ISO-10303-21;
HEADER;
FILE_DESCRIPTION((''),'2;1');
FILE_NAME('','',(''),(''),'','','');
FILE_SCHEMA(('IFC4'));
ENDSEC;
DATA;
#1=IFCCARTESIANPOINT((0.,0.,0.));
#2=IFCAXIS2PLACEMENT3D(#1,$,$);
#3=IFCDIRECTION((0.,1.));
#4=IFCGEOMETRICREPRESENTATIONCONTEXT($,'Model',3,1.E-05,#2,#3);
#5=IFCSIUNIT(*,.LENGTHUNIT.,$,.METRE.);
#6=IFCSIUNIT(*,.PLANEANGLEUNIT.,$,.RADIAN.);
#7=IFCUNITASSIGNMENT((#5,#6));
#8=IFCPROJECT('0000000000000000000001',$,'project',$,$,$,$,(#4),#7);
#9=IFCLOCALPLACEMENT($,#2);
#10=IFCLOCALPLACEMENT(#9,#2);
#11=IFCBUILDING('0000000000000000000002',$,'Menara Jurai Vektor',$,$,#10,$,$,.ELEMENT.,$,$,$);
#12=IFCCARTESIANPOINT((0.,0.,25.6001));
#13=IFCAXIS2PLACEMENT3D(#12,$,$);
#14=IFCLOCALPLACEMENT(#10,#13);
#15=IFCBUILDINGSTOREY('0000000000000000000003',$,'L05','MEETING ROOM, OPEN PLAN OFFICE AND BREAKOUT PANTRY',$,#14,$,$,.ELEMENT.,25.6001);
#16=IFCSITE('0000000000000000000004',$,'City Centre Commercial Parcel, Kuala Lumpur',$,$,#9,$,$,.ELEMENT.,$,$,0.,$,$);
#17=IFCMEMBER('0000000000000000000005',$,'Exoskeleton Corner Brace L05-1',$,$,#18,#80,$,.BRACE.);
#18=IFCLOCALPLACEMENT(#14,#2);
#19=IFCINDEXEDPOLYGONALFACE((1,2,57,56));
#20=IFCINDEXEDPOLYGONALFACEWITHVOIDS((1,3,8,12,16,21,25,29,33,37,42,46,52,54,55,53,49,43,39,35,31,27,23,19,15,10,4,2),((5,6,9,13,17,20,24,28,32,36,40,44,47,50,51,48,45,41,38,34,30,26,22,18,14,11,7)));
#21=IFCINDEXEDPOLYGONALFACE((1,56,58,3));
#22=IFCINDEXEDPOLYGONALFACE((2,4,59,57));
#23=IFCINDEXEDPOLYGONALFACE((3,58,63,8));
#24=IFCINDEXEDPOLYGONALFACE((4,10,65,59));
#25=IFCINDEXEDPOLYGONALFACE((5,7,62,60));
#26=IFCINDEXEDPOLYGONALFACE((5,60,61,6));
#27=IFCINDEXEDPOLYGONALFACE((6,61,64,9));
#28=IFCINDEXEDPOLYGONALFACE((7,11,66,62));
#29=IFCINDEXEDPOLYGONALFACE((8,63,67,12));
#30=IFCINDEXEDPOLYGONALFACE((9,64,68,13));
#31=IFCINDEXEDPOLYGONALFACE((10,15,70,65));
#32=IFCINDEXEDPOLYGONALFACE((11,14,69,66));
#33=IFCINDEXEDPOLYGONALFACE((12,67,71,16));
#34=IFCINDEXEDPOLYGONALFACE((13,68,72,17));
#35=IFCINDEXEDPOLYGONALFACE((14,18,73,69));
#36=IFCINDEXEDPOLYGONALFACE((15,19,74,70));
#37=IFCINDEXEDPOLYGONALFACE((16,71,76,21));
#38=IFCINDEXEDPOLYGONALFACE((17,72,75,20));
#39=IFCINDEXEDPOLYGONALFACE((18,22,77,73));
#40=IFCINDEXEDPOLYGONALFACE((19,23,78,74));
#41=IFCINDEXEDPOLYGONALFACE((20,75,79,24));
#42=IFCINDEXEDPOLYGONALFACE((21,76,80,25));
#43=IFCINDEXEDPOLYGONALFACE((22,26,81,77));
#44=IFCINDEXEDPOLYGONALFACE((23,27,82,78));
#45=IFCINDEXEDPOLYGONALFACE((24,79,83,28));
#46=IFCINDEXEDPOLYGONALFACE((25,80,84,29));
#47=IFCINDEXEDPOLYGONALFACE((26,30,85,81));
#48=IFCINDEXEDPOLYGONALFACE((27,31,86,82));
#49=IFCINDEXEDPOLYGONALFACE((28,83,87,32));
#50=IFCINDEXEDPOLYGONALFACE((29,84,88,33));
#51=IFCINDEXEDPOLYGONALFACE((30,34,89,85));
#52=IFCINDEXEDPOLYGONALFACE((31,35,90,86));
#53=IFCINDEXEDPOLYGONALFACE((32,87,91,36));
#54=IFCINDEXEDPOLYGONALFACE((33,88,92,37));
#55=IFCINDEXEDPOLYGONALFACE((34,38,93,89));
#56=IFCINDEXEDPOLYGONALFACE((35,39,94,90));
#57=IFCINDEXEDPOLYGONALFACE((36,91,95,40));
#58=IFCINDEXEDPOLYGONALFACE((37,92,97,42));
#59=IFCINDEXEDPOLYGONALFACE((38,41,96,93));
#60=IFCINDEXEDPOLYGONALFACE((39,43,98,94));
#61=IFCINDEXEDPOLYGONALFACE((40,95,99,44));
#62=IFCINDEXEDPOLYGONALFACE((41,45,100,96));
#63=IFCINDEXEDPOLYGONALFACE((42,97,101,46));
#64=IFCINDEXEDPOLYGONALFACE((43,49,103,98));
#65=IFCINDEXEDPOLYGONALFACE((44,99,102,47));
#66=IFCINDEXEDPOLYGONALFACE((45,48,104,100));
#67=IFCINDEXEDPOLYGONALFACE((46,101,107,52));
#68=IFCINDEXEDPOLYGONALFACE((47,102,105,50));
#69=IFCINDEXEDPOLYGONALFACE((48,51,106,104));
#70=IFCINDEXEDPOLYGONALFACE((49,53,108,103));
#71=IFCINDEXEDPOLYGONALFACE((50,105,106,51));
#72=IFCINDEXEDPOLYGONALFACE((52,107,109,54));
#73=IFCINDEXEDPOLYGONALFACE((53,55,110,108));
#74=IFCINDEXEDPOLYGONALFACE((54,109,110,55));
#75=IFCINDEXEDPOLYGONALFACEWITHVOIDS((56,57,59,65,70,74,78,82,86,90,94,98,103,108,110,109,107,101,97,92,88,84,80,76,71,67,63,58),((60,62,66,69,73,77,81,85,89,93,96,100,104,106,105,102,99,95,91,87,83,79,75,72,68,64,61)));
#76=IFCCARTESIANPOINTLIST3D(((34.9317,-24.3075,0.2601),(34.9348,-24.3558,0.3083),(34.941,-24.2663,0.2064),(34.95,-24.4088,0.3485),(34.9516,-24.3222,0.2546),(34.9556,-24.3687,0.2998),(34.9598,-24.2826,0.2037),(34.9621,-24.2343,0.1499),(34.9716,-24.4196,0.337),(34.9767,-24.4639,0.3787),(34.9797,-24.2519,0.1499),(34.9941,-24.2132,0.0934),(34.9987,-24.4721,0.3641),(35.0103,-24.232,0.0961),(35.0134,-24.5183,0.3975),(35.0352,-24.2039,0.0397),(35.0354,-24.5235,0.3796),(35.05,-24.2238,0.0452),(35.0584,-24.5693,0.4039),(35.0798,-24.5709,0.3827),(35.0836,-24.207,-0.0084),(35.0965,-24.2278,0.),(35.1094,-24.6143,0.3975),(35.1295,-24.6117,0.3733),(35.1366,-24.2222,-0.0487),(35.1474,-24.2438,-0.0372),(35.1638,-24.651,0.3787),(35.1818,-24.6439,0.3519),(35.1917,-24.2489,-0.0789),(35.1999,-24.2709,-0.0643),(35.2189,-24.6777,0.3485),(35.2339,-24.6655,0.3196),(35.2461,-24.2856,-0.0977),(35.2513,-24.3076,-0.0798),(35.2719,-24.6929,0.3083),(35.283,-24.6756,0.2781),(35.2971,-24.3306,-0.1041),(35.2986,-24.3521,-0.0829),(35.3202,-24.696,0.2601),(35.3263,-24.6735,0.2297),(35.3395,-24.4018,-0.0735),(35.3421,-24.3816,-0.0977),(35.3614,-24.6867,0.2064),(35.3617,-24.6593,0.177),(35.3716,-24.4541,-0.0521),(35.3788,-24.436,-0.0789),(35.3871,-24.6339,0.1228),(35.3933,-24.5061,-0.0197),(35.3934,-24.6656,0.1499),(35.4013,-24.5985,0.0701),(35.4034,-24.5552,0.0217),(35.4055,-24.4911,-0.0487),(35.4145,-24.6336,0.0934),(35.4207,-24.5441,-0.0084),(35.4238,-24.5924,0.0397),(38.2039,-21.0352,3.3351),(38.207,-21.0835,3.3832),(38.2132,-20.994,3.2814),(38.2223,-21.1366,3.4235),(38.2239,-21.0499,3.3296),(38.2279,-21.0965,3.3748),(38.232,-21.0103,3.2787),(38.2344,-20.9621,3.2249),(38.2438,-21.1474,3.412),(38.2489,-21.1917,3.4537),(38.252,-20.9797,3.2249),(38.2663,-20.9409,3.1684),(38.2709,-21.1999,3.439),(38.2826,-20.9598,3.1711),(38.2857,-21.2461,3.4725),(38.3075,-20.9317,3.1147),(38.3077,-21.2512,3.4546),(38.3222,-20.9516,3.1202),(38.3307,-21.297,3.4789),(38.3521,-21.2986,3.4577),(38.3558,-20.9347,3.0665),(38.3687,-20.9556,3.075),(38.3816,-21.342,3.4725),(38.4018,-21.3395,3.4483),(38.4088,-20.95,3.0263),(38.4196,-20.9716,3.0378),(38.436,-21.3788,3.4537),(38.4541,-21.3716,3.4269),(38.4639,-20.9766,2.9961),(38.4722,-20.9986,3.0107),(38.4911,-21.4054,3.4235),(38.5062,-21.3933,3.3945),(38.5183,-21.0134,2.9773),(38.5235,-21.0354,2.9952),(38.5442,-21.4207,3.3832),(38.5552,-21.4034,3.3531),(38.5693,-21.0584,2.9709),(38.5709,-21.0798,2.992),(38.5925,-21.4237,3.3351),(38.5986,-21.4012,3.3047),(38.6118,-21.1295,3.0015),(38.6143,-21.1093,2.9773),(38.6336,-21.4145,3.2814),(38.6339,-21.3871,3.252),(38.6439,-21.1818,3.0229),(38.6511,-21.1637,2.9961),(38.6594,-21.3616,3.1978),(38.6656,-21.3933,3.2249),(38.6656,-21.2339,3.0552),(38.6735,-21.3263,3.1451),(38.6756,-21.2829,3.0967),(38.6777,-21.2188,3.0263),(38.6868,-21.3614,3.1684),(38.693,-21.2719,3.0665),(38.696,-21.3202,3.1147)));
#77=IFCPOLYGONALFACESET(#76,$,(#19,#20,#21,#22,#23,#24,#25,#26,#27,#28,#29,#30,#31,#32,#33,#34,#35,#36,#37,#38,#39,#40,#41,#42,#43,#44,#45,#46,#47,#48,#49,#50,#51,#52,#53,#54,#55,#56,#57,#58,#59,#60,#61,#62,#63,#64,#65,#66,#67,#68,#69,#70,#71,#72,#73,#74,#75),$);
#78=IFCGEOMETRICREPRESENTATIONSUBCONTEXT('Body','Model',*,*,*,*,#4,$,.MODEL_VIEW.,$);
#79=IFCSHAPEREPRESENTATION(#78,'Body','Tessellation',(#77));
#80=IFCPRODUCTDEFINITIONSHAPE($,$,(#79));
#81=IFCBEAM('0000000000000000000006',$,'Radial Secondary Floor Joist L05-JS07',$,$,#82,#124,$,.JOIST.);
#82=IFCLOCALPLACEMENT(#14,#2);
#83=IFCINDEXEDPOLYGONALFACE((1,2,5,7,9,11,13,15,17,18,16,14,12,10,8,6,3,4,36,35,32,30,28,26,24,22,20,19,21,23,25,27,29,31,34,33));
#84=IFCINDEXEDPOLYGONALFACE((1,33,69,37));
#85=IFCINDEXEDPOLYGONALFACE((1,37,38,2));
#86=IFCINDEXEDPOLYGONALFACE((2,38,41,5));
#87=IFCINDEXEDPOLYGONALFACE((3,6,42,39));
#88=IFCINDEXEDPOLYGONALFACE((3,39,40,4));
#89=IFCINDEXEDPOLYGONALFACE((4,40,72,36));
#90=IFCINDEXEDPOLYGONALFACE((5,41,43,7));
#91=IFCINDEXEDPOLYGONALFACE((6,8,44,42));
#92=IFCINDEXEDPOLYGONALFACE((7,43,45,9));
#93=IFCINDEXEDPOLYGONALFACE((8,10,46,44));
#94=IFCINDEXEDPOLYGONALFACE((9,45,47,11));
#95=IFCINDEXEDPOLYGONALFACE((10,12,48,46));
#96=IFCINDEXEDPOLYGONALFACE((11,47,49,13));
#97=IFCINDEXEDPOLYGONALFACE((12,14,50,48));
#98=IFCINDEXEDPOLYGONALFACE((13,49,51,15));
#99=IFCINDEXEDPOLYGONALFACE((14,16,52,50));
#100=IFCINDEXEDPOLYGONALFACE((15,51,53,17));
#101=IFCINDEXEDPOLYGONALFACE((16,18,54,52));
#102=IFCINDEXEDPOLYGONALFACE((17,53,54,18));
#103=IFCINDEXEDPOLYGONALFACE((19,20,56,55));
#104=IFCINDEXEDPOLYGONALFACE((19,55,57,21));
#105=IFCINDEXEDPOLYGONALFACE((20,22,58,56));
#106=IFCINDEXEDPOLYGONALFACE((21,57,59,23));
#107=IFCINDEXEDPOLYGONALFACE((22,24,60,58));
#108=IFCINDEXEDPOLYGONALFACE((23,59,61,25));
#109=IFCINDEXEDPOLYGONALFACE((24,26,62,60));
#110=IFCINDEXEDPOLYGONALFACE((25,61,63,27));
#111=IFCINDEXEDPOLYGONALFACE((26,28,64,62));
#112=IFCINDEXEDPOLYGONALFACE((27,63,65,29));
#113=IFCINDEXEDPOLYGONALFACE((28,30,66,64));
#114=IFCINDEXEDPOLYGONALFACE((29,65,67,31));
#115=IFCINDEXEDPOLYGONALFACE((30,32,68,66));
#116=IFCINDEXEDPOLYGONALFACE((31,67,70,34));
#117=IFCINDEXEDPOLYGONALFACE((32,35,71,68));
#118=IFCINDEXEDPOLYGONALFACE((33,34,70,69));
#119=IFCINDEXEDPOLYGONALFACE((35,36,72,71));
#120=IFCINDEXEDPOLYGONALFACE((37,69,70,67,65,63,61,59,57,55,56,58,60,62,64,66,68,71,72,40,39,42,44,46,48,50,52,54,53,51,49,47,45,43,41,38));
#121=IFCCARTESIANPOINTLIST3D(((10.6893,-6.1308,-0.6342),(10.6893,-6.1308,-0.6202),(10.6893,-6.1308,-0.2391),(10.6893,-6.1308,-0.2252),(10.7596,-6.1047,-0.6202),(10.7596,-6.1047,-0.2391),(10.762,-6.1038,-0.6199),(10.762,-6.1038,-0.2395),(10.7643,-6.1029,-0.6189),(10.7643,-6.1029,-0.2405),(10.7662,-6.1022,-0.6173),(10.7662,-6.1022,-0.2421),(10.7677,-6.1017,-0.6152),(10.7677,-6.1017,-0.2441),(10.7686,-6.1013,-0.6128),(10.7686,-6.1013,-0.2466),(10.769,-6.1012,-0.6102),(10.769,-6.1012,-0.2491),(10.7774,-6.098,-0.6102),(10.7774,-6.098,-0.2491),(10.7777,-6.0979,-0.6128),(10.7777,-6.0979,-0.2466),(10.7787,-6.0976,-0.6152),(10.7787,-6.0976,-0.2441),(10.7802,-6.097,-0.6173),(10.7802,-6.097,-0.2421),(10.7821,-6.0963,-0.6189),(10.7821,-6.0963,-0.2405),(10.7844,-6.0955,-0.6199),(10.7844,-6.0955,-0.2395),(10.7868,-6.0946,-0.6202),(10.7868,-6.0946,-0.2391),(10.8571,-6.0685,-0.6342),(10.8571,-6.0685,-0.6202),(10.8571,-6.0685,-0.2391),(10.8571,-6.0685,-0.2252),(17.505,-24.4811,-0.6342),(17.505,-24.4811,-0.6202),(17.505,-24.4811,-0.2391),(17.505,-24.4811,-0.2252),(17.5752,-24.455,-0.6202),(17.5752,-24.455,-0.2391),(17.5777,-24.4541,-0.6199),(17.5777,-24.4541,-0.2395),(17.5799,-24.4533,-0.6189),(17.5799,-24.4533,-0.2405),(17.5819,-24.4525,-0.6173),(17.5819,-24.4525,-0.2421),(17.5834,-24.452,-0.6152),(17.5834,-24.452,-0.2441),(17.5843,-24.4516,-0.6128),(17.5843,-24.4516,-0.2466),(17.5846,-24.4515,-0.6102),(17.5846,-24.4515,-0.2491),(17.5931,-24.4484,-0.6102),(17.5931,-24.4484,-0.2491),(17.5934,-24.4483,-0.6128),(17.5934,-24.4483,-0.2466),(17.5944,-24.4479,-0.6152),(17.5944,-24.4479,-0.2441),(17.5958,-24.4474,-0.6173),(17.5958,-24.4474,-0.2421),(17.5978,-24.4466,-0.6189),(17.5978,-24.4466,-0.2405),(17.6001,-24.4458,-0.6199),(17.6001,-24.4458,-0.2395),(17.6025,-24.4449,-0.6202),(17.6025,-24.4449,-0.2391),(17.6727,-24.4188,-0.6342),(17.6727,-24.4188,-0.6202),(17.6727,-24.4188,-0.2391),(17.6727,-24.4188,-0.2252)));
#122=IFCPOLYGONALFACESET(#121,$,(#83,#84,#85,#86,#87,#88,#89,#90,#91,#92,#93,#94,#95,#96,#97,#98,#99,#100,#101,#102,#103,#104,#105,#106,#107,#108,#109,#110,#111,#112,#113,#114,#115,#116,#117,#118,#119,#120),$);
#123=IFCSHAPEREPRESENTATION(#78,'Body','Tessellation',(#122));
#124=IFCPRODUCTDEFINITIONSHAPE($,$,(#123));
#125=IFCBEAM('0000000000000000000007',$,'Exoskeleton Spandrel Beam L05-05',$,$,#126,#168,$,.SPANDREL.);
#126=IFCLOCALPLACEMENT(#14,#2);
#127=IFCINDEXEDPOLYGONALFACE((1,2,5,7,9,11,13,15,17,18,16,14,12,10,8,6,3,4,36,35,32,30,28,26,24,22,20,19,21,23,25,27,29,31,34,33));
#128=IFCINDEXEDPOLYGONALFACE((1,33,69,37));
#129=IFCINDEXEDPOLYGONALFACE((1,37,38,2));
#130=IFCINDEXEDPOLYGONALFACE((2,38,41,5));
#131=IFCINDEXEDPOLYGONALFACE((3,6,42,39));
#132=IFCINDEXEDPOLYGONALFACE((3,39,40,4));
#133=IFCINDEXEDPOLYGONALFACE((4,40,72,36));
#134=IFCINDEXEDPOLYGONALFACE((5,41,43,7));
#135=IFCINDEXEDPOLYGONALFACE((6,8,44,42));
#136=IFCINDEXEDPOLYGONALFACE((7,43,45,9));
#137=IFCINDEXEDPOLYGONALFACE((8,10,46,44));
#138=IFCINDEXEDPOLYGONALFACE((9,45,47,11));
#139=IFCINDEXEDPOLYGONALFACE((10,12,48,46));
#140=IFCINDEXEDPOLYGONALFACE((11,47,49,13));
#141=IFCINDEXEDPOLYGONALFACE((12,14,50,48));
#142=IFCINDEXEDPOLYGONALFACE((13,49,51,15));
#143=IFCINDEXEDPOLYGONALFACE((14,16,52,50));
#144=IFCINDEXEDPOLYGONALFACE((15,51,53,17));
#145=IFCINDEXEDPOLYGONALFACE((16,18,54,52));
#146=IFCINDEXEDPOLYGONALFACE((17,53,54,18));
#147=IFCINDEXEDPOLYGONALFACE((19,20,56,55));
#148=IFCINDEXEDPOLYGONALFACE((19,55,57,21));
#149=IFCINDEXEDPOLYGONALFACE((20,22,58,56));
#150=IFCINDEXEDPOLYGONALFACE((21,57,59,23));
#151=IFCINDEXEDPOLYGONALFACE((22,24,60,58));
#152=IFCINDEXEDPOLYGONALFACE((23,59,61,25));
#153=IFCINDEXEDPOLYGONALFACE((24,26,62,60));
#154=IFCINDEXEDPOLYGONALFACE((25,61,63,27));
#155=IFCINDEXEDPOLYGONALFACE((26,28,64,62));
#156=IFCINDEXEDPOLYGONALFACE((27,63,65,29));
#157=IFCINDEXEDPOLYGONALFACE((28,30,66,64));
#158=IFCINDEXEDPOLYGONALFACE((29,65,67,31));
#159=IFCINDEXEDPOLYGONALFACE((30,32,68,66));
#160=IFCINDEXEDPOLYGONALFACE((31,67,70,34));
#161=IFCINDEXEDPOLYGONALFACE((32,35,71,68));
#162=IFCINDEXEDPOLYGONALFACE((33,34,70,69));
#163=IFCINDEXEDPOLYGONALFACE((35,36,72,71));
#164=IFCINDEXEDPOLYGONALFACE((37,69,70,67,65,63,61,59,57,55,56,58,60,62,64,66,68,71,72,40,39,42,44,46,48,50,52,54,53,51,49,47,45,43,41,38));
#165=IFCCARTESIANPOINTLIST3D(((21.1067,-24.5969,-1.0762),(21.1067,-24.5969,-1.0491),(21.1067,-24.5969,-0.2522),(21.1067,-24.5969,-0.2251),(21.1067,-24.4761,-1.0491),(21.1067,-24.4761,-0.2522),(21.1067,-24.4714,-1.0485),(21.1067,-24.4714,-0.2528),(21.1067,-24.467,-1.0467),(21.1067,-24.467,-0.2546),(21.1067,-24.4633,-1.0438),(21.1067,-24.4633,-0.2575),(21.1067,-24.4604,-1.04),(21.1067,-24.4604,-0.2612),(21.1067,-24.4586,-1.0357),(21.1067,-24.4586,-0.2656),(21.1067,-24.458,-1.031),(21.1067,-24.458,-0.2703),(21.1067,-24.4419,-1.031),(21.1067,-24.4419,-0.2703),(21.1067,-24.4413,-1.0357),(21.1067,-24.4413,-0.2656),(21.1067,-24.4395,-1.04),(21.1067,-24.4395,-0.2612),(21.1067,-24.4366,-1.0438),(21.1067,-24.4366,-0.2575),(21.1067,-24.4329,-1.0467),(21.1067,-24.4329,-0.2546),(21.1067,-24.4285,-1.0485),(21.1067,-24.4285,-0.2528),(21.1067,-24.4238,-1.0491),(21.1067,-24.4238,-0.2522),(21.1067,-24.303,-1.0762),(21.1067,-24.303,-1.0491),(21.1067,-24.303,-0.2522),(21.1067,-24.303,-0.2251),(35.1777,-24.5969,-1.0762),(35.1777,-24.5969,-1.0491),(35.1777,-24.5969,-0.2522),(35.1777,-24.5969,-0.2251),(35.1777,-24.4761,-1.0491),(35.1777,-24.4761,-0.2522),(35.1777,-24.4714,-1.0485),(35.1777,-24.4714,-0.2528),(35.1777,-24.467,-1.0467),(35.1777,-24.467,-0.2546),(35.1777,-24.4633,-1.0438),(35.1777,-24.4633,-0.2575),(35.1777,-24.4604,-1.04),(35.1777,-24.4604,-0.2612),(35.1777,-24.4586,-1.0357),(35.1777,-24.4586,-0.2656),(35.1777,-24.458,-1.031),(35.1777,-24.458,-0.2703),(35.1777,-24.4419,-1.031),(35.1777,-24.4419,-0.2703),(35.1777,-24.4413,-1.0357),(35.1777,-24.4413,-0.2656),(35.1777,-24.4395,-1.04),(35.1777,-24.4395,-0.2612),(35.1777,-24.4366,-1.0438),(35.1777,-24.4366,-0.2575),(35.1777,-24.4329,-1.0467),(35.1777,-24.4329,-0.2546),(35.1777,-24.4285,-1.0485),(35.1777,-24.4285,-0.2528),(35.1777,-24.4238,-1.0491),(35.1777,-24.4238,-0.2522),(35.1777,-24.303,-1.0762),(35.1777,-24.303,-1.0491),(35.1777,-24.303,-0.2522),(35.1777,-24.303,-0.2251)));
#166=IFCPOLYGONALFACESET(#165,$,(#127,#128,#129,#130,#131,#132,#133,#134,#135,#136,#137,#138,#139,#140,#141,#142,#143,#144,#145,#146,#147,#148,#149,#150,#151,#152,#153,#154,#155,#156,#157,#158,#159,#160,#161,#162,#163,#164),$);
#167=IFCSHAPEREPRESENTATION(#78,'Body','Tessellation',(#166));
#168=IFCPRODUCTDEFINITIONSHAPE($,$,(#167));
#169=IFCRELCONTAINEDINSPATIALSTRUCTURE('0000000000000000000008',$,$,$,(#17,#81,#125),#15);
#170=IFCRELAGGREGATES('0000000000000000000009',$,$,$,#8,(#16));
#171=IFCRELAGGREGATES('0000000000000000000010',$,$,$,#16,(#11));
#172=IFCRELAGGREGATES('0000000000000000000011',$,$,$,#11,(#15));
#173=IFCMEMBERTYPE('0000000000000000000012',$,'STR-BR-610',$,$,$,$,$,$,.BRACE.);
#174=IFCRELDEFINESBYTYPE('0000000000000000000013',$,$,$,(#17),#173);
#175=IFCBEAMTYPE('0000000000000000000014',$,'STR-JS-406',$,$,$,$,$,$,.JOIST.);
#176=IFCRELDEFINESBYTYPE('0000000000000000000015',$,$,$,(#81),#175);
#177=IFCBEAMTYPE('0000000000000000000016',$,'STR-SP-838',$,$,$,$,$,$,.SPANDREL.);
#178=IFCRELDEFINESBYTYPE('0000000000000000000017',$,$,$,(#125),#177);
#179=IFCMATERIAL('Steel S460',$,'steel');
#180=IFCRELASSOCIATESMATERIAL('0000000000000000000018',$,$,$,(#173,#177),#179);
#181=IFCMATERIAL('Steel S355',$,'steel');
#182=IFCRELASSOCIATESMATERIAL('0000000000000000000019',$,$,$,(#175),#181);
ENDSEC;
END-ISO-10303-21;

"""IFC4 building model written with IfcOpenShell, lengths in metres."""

from ifc_helpers import new_model, si_unit, direction, frame, origin, origin_2d, place, context, subcontext, project, spatial, hollow_circle, i_section, extrude, material, material_profile, profile_set, type_object, element, save


model = new_model("IFC4")

# Units and contexts
model_context = context("Model", 3, precision=1e-05, world=origin(), true_north=direction((0.0, 1.0)))
body_context = subcontext(model_context, "Body", "Model", "MODEL_VIEW")
ifc_project = project(units=[si_unit("LENGTHUNIT", "METRE"), si_unit("PLANEANGLEUNIT", "RADIAN")], contexts=[model_context])

# Site, building, storey
site_placement = place(None, origin())
site = spatial("IfcSite", under=ifc_project, at=site_placement, Name="City Centre Commercial Parcel, Kuala Lumpur", CompositionType="ELEMENT", RefElevation=0.0)
building_placement = place(site_placement, origin())
building = spatial("IfcBuilding", under=site, at=building_placement, Name="Menara Jurai Vektor", CompositionType="ELEMENT")
storey_placement = place(building_placement, frame((0.0, 0.0, 25.6001)))
storey = spatial("IfcBuildingStorey", under=building, at=storey_placement, Name="L05", Description="MEETING ROOM, OPEN PLAN OFFICE AND BREAKOUT PANTRY", CompositionType="ELEMENT", Elevation=25.6001)

# Shared definitions
ifc_material_1 = material(Name="Steel S460", Category="steel")

# Shared definitions
ifc_material_2 = material(Name="Steel S355", Category="steel")

# Member
ifc_material_profile_1 = material_profile(ifc_material_1, hollow_circle(Radius=0.3049, WallThickness=0.0249, at=origin_2d()), Name="CHS 610x25")
ifc_profile_set_1 = profile_set([ifc_material_profile_1], Name="Steel S460")
member_type_1 = type_object("IfcMemberType", Name="STR-BR-610", PredefinedType="BRACE", material=ifc_profile_set_1)
member_1_placement = place(storey_placement, frame((35.1777, -24.45, 0.1499), z_axis=(0.588942, 0.588942, 0.553438), x_axis=(-0.707107, 0.707107, 0.0)))
element("IfcMember", 1, at=member_1_placement, inside=storey, type_object=member_type_1, Name="Exoskeleton Corner Brace L05-1", PredefinedType="BRACE", context=body_context, shape_type="SweptSolid", body=[
    extrude(hollow_circle(Radius=0.3049, WallThickness=0.0249, at=origin_2d()), origin(), (0.0, 0.0, 1.0), 5.5562),
])

# Beams
ifc_material_profile_2 = material_profile(ifc_material_2, i_section(OverallWidth=0.179, OverallDepth=0.4089, WebThickness=0.009, FlangeThickness=0.0139, FilletRadius=0.01, at=origin_2d()), Name="UKB 406x178x67")
ifc_profile_set_2 = profile_set([ifc_material_profile_2], Name="Steel S355")
beam_type_1 = type_object("IfcBeamType", Name="STR-JS-406", PredefinedType="JOIST", material=ifc_profile_set_2)
beam_1_placement = place(storey_placement, frame((17.5889, -24.45, -0.4297), z_axis=(-0.348179, 0.937428, 0.0), x_axis=(-0.937428, -0.348179, 0.0)))
element("IfcBeam", 2, at=beam_1_placement, inside=storey, type_object=beam_type_1, Name="Radial Secondary Floor Joist L05-JS07", PredefinedType="JOIST", context=body_context, shape_type="SweptSolid", body=[
    extrude(i_section(OverallWidth=0.179, OverallDepth=0.4089, WebThickness=0.009, FlangeThickness=0.0139, FilletRadius=0.01, at=origin_2d()), origin(), (0.0, 0.0, 1.0), 19.5752),
])
ifc_material_profile_3 = material_profile(ifc_material_1, i_section(OverallWidth=0.2939, OverallDepth=0.8511, WebThickness=0.0161, FlangeThickness=0.0271, FilletRadius=0.0181, at=origin_2d()), Name="UKB 838x292x226")
ifc_profile_set_3 = profile_set([ifc_material_profile_3], Name="Steel S460")
beam_type_2 = type_object("IfcBeamType", Name="STR-SP-838", PredefinedType="SPANDREL", material=ifc_profile_set_3)
beam_2_placement = place(storey_placement, frame((21.1067, -24.45, -0.6506), z_axis=(1.0, 0.0, 0.0), x_axis=(0.0, 1.0, 0.0)))
element("IfcBeam", 3, at=beam_2_placement, inside=storey, type_object=beam_type_2, Name="Exoskeleton Spandrel Beam L05-05", PredefinedType="SPANDREL", context=body_context, shape_type="SweptSolid", body=[
    extrude(i_section(OverallWidth=0.2939, OverallDepth=0.8511, WebThickness=0.0161, FlangeThickness=0.0271, FilletRadius=0.0181, at=origin_2d()), origin(), (0.0, 0.0, 1.0), 14.071),
])

save(model, "model.ifc")
